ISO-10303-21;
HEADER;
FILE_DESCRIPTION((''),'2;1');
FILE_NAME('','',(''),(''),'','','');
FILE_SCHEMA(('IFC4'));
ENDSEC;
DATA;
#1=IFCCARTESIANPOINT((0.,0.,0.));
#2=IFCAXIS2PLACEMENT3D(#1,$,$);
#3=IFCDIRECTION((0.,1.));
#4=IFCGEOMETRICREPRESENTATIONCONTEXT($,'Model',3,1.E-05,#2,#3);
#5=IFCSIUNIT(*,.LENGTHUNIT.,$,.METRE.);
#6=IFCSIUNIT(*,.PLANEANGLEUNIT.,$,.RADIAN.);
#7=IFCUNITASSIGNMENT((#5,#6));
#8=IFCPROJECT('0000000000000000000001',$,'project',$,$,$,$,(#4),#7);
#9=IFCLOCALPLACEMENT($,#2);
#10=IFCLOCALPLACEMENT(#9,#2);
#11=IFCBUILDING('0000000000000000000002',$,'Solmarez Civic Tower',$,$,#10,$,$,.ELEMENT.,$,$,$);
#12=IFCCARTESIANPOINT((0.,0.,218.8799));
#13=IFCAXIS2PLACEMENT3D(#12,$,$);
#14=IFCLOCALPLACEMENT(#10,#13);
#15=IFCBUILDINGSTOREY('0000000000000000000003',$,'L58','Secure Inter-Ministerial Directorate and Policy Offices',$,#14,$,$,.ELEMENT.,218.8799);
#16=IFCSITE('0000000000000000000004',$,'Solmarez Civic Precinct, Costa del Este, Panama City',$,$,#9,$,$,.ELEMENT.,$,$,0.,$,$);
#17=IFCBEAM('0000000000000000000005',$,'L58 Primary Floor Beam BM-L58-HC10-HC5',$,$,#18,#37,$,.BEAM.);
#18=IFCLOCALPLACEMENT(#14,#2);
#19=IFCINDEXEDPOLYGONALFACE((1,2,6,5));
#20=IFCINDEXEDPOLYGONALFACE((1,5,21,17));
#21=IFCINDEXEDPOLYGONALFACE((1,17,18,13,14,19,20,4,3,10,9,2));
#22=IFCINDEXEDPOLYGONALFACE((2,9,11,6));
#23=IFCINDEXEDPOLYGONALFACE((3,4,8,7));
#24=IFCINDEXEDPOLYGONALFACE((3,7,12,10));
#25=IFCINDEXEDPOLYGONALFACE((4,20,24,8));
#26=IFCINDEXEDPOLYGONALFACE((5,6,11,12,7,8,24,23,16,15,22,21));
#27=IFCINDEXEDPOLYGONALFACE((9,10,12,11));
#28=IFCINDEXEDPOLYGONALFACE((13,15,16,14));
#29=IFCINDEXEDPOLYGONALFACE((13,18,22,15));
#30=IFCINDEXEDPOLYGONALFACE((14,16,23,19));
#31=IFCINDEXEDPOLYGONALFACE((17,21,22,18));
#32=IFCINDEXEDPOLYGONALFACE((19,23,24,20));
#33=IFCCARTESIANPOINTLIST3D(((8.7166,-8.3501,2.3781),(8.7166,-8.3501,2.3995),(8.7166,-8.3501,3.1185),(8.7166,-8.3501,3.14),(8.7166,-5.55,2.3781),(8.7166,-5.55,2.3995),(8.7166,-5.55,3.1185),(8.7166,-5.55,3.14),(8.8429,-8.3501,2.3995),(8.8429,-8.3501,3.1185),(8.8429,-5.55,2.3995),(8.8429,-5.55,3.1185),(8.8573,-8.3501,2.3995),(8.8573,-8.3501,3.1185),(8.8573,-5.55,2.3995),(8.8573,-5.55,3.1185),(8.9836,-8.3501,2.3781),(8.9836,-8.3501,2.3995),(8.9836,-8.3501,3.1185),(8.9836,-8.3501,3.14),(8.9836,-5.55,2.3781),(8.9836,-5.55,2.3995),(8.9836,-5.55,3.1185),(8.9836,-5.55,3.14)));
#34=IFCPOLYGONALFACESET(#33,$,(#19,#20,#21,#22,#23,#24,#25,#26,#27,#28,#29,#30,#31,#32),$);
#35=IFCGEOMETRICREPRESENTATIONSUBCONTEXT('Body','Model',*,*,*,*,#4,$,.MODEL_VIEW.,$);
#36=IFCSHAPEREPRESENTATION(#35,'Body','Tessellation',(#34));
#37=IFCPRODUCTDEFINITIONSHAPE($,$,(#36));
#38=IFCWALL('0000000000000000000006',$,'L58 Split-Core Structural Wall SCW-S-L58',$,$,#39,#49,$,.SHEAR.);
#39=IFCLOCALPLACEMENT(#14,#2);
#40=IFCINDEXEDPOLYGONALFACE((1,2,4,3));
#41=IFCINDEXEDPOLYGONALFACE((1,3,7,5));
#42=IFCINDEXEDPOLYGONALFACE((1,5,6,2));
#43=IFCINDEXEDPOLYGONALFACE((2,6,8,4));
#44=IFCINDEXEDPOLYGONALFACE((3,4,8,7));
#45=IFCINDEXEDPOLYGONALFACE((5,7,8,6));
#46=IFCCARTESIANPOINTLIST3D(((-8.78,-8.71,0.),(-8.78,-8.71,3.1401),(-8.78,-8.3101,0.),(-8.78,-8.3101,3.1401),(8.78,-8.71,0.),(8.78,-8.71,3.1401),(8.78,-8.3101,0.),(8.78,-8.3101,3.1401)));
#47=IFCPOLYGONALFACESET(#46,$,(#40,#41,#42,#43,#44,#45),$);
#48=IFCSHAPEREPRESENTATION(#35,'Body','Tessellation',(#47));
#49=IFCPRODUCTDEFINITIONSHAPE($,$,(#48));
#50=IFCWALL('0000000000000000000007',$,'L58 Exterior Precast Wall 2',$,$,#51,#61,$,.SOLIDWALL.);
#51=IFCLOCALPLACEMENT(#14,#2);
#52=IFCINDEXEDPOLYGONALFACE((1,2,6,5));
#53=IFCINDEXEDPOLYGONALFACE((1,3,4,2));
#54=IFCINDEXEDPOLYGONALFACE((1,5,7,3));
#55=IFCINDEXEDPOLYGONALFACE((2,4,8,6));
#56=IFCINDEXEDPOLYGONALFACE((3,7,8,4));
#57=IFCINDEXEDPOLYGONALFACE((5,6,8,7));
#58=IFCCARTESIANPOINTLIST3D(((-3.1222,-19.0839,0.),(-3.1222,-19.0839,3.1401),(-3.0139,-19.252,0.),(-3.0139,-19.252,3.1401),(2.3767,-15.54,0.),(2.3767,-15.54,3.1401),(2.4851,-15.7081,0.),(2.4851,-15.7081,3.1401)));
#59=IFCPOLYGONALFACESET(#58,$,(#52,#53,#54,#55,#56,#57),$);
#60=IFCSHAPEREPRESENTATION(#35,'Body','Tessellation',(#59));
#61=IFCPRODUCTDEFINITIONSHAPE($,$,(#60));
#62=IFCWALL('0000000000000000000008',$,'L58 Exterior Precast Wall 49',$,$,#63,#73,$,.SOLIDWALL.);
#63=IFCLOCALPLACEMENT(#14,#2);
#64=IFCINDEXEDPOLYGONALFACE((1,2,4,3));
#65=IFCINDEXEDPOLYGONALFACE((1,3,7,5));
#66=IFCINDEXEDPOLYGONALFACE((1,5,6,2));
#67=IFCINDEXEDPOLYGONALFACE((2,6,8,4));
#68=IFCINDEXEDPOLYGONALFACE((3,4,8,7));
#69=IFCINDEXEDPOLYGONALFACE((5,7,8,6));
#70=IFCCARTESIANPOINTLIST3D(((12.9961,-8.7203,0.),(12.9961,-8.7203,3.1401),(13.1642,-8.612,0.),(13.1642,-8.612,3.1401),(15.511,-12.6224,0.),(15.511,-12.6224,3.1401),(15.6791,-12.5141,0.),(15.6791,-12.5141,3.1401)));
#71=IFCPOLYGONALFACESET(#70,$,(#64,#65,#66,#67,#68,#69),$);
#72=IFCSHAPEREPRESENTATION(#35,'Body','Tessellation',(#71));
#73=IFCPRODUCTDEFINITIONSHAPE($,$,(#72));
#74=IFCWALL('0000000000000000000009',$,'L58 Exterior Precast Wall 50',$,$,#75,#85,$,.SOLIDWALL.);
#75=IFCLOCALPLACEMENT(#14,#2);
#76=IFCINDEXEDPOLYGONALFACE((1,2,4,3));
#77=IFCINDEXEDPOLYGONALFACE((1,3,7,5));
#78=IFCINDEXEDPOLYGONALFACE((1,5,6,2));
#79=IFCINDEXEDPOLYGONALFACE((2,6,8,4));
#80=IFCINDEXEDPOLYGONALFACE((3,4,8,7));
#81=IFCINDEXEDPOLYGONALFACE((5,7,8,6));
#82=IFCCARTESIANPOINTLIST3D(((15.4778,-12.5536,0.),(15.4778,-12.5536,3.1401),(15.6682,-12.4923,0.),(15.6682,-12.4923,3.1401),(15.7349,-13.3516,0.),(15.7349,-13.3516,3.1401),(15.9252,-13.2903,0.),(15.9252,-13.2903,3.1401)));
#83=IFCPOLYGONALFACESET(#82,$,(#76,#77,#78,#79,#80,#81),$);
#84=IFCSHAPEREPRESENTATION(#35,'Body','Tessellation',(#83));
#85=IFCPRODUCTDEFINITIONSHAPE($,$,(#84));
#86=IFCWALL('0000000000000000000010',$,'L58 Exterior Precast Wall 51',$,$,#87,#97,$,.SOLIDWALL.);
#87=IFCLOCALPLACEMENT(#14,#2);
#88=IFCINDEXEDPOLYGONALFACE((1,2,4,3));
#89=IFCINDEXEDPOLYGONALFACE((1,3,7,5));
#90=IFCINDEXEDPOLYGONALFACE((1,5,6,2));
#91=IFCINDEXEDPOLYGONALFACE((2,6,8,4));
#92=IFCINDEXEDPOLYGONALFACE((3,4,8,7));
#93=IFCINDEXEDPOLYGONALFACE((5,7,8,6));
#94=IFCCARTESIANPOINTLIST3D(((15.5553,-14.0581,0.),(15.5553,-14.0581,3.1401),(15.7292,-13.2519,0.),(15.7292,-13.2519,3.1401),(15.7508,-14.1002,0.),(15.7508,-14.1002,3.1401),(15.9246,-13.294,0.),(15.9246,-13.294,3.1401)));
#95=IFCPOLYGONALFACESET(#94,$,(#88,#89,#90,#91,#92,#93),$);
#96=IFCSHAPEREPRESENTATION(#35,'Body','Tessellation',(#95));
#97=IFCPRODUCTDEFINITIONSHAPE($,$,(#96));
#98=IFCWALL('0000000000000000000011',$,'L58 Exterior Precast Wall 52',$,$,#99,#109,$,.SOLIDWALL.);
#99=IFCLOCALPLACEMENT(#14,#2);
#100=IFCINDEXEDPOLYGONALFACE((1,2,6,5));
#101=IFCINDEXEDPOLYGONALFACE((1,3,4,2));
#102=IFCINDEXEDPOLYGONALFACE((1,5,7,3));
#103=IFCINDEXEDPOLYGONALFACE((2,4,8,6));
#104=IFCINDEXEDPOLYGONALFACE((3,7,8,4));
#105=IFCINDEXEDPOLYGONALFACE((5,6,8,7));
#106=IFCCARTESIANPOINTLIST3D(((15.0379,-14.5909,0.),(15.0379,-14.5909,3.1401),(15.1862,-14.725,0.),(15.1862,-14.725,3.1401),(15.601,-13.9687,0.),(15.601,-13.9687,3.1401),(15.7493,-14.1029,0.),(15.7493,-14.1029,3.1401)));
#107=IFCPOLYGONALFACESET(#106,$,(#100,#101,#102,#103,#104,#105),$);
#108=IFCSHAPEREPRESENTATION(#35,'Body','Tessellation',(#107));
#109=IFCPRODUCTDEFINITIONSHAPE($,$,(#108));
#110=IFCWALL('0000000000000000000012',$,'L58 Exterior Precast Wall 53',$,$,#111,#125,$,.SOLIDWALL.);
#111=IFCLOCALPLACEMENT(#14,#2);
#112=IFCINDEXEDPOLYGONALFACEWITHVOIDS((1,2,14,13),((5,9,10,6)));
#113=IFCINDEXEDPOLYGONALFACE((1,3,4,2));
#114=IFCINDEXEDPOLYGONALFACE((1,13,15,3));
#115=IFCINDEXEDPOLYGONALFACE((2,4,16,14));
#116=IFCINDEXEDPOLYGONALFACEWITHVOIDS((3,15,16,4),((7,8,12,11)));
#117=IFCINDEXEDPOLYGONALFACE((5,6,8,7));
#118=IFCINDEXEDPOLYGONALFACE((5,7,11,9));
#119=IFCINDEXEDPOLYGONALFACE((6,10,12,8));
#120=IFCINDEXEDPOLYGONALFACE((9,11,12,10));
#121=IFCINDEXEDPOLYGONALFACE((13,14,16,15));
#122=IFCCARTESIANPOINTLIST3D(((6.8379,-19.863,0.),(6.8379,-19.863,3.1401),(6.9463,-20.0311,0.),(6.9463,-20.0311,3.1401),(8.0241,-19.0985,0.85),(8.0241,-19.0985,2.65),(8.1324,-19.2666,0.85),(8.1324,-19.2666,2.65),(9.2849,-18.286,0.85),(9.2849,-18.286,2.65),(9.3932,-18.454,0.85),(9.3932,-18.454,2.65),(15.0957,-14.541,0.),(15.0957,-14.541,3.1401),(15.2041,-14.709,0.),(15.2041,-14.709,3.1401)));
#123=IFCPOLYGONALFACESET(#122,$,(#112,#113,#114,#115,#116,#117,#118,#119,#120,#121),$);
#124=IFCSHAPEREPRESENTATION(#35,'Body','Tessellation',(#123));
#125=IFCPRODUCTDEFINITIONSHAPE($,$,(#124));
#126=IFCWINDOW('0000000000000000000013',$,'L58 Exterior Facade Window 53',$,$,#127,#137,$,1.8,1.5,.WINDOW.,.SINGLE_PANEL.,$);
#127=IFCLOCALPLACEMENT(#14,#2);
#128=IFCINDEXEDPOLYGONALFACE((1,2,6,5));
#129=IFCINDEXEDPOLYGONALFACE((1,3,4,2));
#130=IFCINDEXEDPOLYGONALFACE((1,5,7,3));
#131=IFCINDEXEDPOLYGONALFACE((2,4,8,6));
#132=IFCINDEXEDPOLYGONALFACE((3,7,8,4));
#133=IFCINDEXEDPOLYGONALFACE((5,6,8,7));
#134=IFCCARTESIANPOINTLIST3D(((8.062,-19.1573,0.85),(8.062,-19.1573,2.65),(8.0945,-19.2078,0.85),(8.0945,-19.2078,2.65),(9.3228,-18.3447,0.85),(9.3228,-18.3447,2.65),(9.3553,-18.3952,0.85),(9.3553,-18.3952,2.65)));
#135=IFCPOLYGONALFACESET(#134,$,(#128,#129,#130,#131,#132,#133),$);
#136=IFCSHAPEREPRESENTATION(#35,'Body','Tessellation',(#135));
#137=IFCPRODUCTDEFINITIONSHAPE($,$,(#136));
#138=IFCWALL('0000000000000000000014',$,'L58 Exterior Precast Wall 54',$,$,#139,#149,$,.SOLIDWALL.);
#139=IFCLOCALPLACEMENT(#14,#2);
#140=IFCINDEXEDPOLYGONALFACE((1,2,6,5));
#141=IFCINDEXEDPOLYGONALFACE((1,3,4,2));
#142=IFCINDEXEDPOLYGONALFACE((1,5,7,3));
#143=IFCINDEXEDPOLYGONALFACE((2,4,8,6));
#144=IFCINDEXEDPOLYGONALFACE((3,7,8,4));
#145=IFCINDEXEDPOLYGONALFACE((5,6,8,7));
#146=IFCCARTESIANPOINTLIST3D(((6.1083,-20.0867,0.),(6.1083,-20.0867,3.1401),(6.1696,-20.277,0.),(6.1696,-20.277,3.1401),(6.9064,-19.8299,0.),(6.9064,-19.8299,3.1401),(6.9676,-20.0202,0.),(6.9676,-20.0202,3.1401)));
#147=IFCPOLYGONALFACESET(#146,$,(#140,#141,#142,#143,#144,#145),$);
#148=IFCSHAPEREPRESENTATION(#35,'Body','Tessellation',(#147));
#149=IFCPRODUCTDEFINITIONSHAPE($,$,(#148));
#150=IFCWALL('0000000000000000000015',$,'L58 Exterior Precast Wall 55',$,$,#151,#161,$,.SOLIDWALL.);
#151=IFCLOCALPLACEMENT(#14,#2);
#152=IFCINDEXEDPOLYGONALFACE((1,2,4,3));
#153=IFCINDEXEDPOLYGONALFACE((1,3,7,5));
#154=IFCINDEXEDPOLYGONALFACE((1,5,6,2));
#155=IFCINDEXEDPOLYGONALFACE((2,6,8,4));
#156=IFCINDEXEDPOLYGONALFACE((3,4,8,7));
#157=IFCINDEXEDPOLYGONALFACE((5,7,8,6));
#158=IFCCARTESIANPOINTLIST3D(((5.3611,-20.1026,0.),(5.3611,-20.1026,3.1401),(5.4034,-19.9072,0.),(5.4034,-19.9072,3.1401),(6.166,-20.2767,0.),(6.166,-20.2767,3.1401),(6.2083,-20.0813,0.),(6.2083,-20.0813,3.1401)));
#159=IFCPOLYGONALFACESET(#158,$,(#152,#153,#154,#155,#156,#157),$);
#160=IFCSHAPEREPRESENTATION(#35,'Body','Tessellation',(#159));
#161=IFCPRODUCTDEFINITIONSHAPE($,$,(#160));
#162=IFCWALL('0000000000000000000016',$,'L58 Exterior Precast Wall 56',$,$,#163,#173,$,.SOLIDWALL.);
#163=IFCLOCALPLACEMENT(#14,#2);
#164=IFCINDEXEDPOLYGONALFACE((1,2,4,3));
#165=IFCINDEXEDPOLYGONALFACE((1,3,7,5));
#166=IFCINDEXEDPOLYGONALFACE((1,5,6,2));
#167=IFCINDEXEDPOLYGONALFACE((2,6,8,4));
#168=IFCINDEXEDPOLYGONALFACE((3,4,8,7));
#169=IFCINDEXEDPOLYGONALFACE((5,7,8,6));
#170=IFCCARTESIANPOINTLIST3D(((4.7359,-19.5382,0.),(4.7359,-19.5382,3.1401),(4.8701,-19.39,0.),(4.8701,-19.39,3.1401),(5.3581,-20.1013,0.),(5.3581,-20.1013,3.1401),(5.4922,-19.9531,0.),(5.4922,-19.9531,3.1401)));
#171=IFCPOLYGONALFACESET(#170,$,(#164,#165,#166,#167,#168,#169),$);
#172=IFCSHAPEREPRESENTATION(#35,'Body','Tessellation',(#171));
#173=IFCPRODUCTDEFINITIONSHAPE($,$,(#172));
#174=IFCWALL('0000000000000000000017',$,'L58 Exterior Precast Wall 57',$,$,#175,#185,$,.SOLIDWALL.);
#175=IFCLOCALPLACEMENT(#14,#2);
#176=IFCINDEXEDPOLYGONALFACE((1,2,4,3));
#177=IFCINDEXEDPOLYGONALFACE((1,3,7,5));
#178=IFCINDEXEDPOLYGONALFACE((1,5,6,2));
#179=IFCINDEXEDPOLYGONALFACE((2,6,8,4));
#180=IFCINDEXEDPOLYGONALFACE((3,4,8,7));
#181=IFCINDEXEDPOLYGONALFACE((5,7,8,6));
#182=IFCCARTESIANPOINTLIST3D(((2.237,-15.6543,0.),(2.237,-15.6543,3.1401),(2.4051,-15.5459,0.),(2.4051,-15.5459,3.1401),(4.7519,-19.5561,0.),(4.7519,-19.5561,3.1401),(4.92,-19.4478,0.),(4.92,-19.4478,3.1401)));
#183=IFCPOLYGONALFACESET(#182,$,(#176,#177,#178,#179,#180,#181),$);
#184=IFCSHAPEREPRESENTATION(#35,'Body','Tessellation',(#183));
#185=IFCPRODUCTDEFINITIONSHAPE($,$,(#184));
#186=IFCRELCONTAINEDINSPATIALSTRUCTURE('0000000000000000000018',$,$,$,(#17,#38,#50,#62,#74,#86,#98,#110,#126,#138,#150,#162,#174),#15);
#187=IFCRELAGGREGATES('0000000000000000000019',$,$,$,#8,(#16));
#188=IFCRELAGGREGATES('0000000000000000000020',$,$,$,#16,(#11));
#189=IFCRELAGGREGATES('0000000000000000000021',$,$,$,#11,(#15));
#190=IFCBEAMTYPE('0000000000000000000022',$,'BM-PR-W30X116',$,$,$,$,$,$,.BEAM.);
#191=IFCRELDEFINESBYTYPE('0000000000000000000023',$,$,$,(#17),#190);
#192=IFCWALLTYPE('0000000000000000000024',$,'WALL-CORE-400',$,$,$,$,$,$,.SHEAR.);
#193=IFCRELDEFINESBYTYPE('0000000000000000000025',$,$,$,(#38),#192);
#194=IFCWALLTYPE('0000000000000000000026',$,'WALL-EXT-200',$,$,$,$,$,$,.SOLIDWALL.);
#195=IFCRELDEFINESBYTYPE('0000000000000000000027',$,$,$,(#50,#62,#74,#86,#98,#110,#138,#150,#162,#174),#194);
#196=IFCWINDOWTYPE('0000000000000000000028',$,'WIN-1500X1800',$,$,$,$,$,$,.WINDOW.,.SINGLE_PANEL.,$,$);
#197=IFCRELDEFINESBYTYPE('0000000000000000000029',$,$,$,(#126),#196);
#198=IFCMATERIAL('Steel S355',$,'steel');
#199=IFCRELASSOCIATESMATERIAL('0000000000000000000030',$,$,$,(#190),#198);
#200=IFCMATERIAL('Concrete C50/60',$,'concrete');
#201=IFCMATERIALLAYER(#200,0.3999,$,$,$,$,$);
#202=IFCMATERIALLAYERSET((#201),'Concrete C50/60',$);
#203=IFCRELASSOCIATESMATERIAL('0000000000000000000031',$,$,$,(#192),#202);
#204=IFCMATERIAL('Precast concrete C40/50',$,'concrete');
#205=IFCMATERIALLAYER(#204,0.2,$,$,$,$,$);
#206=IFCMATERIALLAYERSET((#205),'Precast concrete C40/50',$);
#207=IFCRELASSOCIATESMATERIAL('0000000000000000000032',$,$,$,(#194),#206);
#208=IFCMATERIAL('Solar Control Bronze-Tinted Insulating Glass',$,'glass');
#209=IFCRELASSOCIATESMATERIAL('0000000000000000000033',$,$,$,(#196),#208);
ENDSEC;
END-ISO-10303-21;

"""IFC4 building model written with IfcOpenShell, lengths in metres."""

from ifc_helpers import new_model, si_unit, direction, frame, frame_2d, origin, origin_2d, place, context, subcontext, project, spatial, rectangle, i_section, extrude, material, layer, layer_set, material_profile, profile_set, type_object, element, fill, save


model = new_model("IFC4")

# Units and contexts
model_context = context("Model", 3, precision=1e-05, world=origin(), true_north=direction((0.0, 1.0)))
body_context = subcontext(model_context, "Body", "Model", "MODEL_VIEW")
ifc_project = project(units=[si_unit("LENGTHUNIT", "METRE"), si_unit("PLANEANGLEUNIT", "RADIAN")], contexts=[model_context])

# Site, building, storey
site_placement = place(None, origin())
site = spatial("IfcSite", under=ifc_project, at=site_placement, Name="Solmarez Civic Precinct, Costa del Este, Panama City", CompositionType="ELEMENT", RefElevation=0.0)
building_placement = place(site_placement, origin())
building = spatial("IfcBuilding", under=site, at=building_placement, Name="Solmarez Civic Tower", CompositionType="ELEMENT")
storey_placement = place(building_placement, frame((0.0, 0.0, 218.8799)))
storey = spatial("IfcBuildingStorey", under=building, at=storey_placement, Name="L58", Description="Secure Inter-Ministerial Directorate and Policy Offices", CompositionType="ELEMENT", Elevation=218.8799)

# Shared definitions
ifc_material_1 = material(Name="Concrete C50/60", Category="concrete")
ifc_material_2 = material(Name="Steel S355", Category="steel")

# Beam
ifc_material_profile_1 = material_profile(ifc_material_2, i_section(OverallWidth=0.2671, OverallDepth=0.762, WebThickness=0.0144, FlangeThickness=0.0215, at=origin_2d()), Name="W30X116")
ifc_profile_set_1 = profile_set([ifc_material_profile_1], Name="Steel S355")
beam_type_1 = type_object("IfcBeamType", Name="BM-PR-W30X116", PredefinedType="BEAM", material=ifc_profile_set_1)
beam_1_placement = place(storey_placement, frame((8.8501, -8.3501, 2.759), z_axis=(0.0, 1.0, 0.0), x_axis=(-1.0, 0.0, 0.0)))
element("IfcBeam", 1, at=beam_1_placement, inside=storey, type_object=beam_type_1, Name="L58 Primary Floor Beam BM-L58-HC10-HC5", PredefinedType="BEAM", context=body_context, shape_type="SweptSolid", body=[
    extrude(i_section(OverallWidth=0.2671, OverallDepth=0.762, WebThickness=0.0144, FlangeThickness=0.0215, at=origin_2d()), origin(), (0.0, 0.0, 1.0), 2.8),
])

# Walls
ifc_layer_1 = layer(ifc_material_1, 0.3999)
ifc_layer_set_1 = layer_set([ifc_layer_1], Name="Concrete C50/60")
wall_type_1 = type_object("IfcWallType", Name="WALL-CORE-400", PredefinedType="SHEAR", material=ifc_layer_set_1)
wall_1_placement = place(storey_placement, frame((8.78, -8.51, 0.0), z_axis=(0.0, 0.0, 1.0), x_axis=(-1.0, 0.0, 0.0)))
element("IfcWall", 2, at=wall_1_placement, inside=storey, type_object=wall_type_1, Name="L58 Split-Core Structural Wall SCW-S-L58", PredefinedType="SHEAR", context=body_context, shape_type="SweptSolid", body=[
    extrude(rectangle(XDim=17.5601, YDim=0.3999, at=frame_2d((8.78, 0.0))), origin(), (0.0, 0.0, 1.0), 3.1401),
])
ifc_material_3 = material(Name="Precast concrete C40/50", Category="concrete")
ifc_layer_2 = layer(ifc_material_3, 0.2)
ifc_layer_set_2 = layer_set([ifc_layer_2], Name="Precast concrete C40/50")
wall_type_2 = type_object("IfcWallType", Name="WALL-EXT-200", PredefinedType="SOLIDWALL", material=ifc_layer_set_2)
wall_2_placement = place(storey_placement, frame((2.4309, -15.624, 0.0), z_axis=(0.0, 0.0, 1.0), x_axis=(-0.840562, -0.541715, 0.0)))
element("IfcWall", 3, at=wall_2_placement, inside=storey, type_object=wall_type_2, Name="L58 Exterior Precast Wall 2", PredefinedType="SOLIDWALL", context=body_context, shape_type="SweptSolid", body=[
    extrude(rectangle(XDim=6.542, YDim=0.2, at=frame_2d((3.271, 0.0))), origin(), (0.0, 0.0, 1.0), 3.1401),
])
wall_3_placement = place(storey_placement, frame((13.0801, -8.666, 0.0), z_axis=(0.0, 0.0, 1.0), x_axis=(0.541733, -0.840551, 0.0)))
element("IfcWall", 4, at=wall_3_placement, inside=storey, type_object=wall_type_2, Name="L58 Exterior Precast Wall 49", PredefinedType="SOLIDWALL", context=body_context, shape_type="SweptSolid", body=[
    extrude(rectangle(XDim=4.6423, YDim=0.2, at=frame_2d((2.3213, 0.0))), origin(), (0.0, 0.0, 1.0), 3.1401),
])
wall_4_placement = place(storey_placement, frame((15.573, -12.5229, 0.0), z_axis=(0.0, 0.0, 1.0), x_axis=(0.306603, -0.951838, 0.0)))
element("IfcWall", 5, at=wall_4_placement, inside=storey, type_object=wall_type_2, Name="L58 Exterior Precast Wall 50", PredefinedType="SOLIDWALL", context=body_context, shape_type="SweptSolid", body=[
    extrude(rectangle(XDim=0.8384, YDim=0.2, at=frame_2d((0.4192, 0.0))), origin(), (0.0, 0.0, 1.0), 3.1401),
])
wall_5_placement = place(storey_placement, frame((15.8269, -13.2729, 0.0), z_axis=(0.0, 0.0, 1.0), x_axis=(-0.210782, -0.977533, 0.0)))
element("IfcWall", 6, at=wall_5_placement, inside=storey, type_object=wall_type_2, Name="L58 Exterior Precast Wall 51", PredefinedType="SOLIDWALL", context=body_context, shape_type="SweptSolid", body=[
    extrude(rectangle(XDim=0.8247, YDim=0.2, at=frame_2d((0.4124, 0.0))), origin(), (0.0, 0.0, 1.0), 3.1401),
])
wall_6_placement = place(storey_placement, frame((15.675, -14.0359, 0.0), z_axis=(0.0, 0.0, 1.0), x_axis=(-0.67102, -0.741439, 0.0)))
element("IfcWall", 7, at=wall_6_placement, inside=storey, type_object=wall_type_2, Name="L58 Exterior Precast Wall 52", PredefinedType="SOLIDWALL", context=body_context, shape_type="SweptSolid", body=[
    extrude(rectangle(XDim=0.8391, YDim=0.2, at=frame_2d((0.4194, 0.0))), origin(), (0.0, 0.0, 1.0), 3.1401),
])

# Wall, opening, window
wall_7_placement = place(storey_placement, frame((15.1499, -14.625, 0.0), z_axis=(0.0, 0.0, 1.0), x_axis=(-0.840556, -0.541724, 0.0)))
wall_7 = element("IfcWall", 8, at=wall_7_placement, inside=storey, type_object=wall_type_2, Name="L58 Exterior Precast Wall 53", PredefinedType="SOLIDWALL", context=body_context, shape_type="SweptSolid", body=[
    extrude(rectangle(XDim=9.8242, YDim=0.2, at=frame_2d((4.9121, 0.0))), origin(), (0.0, 0.0, 1.0), 3.1401),
])
opening_1_placement = place(wall_7_placement, frame((6.9131, 0.0, 0.8501)))
opening_1 = element("IfcOpeningElement", 9, at=opening_1_placement, cuts=wall_7, PredefinedType="OPENING", context=body_context, shape_type="SweptSolid", body=[
    extrude(rectangle(XDim=1.5, YDim=1.8, at=frame_2d((0.75, 0.8999))), frame((0.0, 0.1099, 0.0), z_axis=(0.0, -1.0, 0.0), x_axis=(1.0, 0.0, 0.0)), (0.0, 0.0, 1.0), 0.22),
])
ifc_material_4 = material(Name="Solar Control Bronze-Tinted Insulating Glass", Category="glass")
window_type = type_object("IfcWindowType", Name="WIN-1500X1800", PartitioningType="SINGLE_PANEL", PredefinedType="WINDOW", material=ifc_material_4)
window_placement = place(opening_1_placement, origin())
window = element("IfcWindow", 10, at=window_placement, inside=storey, type_object=window_type, Name="L58 Exterior Facade Window 53", OverallHeight=1.8, OverallWidth=1.5, PartitioningType="SINGLE_PANEL", PredefinedType="WINDOW", context=body_context, shape_type="SweptSolid", body=[
    extrude(rectangle(XDim=1.5, YDim=1.8, at=frame_2d((0.75, 0.8999))), frame((0.0, 0.03, 0.0), z_axis=(0.0, -1.0, 0.0), x_axis=(1.0, 0.0, 0.0)), (0.0, 0.0, 1.0), 0.0601),
])
fill(opening_1, window)

# Walls
wall_8_placement = place(storey_placement, frame((6.937, -19.925, 0.0), z_axis=(0.0, 0.0, 1.0), x_axis=(-0.951922, -0.306339, 0.0)))
element("IfcWall", 11, at=wall_8_placement, inside=storey, type_object=wall_type_2, Name="L58 Exterior Precast Wall 54", PredefinedType="SOLIDWALL", context=body_context, shape_type="SweptSolid", body=[
    extrude(rectangle(XDim=0.8384, YDim=0.2, at=frame_2d((0.4192, 0.0))), origin(), (0.0, 0.0, 1.0), 3.1401),
])
wall_9_placement = place(storey_placement, frame((6.187, -20.179, 0.0), z_axis=(0.0, 0.0, 1.0), x_axis=(-0.977406, 0.211371, 0.0)))
element("IfcWall", 12, at=wall_9_placement, inside=storey, type_object=wall_type_2, Name="L58 Exterior Precast Wall 55", PredefinedType="SOLIDWALL", context=body_context, shape_type="SweptSolid", body=[
    extrude(rectangle(XDim=0.8235, YDim=0.2, at=frame_2d((0.4116, 0.0))), origin(), (0.0, 0.0, 1.0), 3.1401),
])
wall_10_placement = place(storey_placement, frame((5.425, -20.0271, 0.0), z_axis=(0.0, 0.0, 1.0), x_axis=(-0.741439, 0.67102, 0.0)))
element("IfcWall", 13, at=wall_10_placement, inside=storey, type_object=wall_type_2, Name="L58 Exterior Precast Wall 56", PredefinedType="SOLIDWALL", context=body_context, shape_type="SweptSolid", body=[
    extrude(rectangle(XDim=0.8391, YDim=0.2, at=frame_2d((0.4194, 0.0))), origin(), (0.0, 0.0, 1.0), 3.1401),
])
wall_11_placement = place(storey_placement, frame((4.8359, -19.502, 0.0), z_axis=(0.0, 0.0, 1.0), x_axis=(-0.541757, 0.840535, 0.0)))
element("IfcWall", 14, at=wall_11_placement, inside=storey, type_object=wall_type_2, Name="L58 Exterior Precast Wall 57", PredefinedType="SOLIDWALL", context=body_context, shape_type="SweptSolid", body=[
    extrude(rectangle(XDim=4.6421, YDim=0.2, at=frame_2d((2.321, 0.0))), origin(), (0.0, 0.0, 1.0), 3.1401),
])

save(model, "model.ifc")
